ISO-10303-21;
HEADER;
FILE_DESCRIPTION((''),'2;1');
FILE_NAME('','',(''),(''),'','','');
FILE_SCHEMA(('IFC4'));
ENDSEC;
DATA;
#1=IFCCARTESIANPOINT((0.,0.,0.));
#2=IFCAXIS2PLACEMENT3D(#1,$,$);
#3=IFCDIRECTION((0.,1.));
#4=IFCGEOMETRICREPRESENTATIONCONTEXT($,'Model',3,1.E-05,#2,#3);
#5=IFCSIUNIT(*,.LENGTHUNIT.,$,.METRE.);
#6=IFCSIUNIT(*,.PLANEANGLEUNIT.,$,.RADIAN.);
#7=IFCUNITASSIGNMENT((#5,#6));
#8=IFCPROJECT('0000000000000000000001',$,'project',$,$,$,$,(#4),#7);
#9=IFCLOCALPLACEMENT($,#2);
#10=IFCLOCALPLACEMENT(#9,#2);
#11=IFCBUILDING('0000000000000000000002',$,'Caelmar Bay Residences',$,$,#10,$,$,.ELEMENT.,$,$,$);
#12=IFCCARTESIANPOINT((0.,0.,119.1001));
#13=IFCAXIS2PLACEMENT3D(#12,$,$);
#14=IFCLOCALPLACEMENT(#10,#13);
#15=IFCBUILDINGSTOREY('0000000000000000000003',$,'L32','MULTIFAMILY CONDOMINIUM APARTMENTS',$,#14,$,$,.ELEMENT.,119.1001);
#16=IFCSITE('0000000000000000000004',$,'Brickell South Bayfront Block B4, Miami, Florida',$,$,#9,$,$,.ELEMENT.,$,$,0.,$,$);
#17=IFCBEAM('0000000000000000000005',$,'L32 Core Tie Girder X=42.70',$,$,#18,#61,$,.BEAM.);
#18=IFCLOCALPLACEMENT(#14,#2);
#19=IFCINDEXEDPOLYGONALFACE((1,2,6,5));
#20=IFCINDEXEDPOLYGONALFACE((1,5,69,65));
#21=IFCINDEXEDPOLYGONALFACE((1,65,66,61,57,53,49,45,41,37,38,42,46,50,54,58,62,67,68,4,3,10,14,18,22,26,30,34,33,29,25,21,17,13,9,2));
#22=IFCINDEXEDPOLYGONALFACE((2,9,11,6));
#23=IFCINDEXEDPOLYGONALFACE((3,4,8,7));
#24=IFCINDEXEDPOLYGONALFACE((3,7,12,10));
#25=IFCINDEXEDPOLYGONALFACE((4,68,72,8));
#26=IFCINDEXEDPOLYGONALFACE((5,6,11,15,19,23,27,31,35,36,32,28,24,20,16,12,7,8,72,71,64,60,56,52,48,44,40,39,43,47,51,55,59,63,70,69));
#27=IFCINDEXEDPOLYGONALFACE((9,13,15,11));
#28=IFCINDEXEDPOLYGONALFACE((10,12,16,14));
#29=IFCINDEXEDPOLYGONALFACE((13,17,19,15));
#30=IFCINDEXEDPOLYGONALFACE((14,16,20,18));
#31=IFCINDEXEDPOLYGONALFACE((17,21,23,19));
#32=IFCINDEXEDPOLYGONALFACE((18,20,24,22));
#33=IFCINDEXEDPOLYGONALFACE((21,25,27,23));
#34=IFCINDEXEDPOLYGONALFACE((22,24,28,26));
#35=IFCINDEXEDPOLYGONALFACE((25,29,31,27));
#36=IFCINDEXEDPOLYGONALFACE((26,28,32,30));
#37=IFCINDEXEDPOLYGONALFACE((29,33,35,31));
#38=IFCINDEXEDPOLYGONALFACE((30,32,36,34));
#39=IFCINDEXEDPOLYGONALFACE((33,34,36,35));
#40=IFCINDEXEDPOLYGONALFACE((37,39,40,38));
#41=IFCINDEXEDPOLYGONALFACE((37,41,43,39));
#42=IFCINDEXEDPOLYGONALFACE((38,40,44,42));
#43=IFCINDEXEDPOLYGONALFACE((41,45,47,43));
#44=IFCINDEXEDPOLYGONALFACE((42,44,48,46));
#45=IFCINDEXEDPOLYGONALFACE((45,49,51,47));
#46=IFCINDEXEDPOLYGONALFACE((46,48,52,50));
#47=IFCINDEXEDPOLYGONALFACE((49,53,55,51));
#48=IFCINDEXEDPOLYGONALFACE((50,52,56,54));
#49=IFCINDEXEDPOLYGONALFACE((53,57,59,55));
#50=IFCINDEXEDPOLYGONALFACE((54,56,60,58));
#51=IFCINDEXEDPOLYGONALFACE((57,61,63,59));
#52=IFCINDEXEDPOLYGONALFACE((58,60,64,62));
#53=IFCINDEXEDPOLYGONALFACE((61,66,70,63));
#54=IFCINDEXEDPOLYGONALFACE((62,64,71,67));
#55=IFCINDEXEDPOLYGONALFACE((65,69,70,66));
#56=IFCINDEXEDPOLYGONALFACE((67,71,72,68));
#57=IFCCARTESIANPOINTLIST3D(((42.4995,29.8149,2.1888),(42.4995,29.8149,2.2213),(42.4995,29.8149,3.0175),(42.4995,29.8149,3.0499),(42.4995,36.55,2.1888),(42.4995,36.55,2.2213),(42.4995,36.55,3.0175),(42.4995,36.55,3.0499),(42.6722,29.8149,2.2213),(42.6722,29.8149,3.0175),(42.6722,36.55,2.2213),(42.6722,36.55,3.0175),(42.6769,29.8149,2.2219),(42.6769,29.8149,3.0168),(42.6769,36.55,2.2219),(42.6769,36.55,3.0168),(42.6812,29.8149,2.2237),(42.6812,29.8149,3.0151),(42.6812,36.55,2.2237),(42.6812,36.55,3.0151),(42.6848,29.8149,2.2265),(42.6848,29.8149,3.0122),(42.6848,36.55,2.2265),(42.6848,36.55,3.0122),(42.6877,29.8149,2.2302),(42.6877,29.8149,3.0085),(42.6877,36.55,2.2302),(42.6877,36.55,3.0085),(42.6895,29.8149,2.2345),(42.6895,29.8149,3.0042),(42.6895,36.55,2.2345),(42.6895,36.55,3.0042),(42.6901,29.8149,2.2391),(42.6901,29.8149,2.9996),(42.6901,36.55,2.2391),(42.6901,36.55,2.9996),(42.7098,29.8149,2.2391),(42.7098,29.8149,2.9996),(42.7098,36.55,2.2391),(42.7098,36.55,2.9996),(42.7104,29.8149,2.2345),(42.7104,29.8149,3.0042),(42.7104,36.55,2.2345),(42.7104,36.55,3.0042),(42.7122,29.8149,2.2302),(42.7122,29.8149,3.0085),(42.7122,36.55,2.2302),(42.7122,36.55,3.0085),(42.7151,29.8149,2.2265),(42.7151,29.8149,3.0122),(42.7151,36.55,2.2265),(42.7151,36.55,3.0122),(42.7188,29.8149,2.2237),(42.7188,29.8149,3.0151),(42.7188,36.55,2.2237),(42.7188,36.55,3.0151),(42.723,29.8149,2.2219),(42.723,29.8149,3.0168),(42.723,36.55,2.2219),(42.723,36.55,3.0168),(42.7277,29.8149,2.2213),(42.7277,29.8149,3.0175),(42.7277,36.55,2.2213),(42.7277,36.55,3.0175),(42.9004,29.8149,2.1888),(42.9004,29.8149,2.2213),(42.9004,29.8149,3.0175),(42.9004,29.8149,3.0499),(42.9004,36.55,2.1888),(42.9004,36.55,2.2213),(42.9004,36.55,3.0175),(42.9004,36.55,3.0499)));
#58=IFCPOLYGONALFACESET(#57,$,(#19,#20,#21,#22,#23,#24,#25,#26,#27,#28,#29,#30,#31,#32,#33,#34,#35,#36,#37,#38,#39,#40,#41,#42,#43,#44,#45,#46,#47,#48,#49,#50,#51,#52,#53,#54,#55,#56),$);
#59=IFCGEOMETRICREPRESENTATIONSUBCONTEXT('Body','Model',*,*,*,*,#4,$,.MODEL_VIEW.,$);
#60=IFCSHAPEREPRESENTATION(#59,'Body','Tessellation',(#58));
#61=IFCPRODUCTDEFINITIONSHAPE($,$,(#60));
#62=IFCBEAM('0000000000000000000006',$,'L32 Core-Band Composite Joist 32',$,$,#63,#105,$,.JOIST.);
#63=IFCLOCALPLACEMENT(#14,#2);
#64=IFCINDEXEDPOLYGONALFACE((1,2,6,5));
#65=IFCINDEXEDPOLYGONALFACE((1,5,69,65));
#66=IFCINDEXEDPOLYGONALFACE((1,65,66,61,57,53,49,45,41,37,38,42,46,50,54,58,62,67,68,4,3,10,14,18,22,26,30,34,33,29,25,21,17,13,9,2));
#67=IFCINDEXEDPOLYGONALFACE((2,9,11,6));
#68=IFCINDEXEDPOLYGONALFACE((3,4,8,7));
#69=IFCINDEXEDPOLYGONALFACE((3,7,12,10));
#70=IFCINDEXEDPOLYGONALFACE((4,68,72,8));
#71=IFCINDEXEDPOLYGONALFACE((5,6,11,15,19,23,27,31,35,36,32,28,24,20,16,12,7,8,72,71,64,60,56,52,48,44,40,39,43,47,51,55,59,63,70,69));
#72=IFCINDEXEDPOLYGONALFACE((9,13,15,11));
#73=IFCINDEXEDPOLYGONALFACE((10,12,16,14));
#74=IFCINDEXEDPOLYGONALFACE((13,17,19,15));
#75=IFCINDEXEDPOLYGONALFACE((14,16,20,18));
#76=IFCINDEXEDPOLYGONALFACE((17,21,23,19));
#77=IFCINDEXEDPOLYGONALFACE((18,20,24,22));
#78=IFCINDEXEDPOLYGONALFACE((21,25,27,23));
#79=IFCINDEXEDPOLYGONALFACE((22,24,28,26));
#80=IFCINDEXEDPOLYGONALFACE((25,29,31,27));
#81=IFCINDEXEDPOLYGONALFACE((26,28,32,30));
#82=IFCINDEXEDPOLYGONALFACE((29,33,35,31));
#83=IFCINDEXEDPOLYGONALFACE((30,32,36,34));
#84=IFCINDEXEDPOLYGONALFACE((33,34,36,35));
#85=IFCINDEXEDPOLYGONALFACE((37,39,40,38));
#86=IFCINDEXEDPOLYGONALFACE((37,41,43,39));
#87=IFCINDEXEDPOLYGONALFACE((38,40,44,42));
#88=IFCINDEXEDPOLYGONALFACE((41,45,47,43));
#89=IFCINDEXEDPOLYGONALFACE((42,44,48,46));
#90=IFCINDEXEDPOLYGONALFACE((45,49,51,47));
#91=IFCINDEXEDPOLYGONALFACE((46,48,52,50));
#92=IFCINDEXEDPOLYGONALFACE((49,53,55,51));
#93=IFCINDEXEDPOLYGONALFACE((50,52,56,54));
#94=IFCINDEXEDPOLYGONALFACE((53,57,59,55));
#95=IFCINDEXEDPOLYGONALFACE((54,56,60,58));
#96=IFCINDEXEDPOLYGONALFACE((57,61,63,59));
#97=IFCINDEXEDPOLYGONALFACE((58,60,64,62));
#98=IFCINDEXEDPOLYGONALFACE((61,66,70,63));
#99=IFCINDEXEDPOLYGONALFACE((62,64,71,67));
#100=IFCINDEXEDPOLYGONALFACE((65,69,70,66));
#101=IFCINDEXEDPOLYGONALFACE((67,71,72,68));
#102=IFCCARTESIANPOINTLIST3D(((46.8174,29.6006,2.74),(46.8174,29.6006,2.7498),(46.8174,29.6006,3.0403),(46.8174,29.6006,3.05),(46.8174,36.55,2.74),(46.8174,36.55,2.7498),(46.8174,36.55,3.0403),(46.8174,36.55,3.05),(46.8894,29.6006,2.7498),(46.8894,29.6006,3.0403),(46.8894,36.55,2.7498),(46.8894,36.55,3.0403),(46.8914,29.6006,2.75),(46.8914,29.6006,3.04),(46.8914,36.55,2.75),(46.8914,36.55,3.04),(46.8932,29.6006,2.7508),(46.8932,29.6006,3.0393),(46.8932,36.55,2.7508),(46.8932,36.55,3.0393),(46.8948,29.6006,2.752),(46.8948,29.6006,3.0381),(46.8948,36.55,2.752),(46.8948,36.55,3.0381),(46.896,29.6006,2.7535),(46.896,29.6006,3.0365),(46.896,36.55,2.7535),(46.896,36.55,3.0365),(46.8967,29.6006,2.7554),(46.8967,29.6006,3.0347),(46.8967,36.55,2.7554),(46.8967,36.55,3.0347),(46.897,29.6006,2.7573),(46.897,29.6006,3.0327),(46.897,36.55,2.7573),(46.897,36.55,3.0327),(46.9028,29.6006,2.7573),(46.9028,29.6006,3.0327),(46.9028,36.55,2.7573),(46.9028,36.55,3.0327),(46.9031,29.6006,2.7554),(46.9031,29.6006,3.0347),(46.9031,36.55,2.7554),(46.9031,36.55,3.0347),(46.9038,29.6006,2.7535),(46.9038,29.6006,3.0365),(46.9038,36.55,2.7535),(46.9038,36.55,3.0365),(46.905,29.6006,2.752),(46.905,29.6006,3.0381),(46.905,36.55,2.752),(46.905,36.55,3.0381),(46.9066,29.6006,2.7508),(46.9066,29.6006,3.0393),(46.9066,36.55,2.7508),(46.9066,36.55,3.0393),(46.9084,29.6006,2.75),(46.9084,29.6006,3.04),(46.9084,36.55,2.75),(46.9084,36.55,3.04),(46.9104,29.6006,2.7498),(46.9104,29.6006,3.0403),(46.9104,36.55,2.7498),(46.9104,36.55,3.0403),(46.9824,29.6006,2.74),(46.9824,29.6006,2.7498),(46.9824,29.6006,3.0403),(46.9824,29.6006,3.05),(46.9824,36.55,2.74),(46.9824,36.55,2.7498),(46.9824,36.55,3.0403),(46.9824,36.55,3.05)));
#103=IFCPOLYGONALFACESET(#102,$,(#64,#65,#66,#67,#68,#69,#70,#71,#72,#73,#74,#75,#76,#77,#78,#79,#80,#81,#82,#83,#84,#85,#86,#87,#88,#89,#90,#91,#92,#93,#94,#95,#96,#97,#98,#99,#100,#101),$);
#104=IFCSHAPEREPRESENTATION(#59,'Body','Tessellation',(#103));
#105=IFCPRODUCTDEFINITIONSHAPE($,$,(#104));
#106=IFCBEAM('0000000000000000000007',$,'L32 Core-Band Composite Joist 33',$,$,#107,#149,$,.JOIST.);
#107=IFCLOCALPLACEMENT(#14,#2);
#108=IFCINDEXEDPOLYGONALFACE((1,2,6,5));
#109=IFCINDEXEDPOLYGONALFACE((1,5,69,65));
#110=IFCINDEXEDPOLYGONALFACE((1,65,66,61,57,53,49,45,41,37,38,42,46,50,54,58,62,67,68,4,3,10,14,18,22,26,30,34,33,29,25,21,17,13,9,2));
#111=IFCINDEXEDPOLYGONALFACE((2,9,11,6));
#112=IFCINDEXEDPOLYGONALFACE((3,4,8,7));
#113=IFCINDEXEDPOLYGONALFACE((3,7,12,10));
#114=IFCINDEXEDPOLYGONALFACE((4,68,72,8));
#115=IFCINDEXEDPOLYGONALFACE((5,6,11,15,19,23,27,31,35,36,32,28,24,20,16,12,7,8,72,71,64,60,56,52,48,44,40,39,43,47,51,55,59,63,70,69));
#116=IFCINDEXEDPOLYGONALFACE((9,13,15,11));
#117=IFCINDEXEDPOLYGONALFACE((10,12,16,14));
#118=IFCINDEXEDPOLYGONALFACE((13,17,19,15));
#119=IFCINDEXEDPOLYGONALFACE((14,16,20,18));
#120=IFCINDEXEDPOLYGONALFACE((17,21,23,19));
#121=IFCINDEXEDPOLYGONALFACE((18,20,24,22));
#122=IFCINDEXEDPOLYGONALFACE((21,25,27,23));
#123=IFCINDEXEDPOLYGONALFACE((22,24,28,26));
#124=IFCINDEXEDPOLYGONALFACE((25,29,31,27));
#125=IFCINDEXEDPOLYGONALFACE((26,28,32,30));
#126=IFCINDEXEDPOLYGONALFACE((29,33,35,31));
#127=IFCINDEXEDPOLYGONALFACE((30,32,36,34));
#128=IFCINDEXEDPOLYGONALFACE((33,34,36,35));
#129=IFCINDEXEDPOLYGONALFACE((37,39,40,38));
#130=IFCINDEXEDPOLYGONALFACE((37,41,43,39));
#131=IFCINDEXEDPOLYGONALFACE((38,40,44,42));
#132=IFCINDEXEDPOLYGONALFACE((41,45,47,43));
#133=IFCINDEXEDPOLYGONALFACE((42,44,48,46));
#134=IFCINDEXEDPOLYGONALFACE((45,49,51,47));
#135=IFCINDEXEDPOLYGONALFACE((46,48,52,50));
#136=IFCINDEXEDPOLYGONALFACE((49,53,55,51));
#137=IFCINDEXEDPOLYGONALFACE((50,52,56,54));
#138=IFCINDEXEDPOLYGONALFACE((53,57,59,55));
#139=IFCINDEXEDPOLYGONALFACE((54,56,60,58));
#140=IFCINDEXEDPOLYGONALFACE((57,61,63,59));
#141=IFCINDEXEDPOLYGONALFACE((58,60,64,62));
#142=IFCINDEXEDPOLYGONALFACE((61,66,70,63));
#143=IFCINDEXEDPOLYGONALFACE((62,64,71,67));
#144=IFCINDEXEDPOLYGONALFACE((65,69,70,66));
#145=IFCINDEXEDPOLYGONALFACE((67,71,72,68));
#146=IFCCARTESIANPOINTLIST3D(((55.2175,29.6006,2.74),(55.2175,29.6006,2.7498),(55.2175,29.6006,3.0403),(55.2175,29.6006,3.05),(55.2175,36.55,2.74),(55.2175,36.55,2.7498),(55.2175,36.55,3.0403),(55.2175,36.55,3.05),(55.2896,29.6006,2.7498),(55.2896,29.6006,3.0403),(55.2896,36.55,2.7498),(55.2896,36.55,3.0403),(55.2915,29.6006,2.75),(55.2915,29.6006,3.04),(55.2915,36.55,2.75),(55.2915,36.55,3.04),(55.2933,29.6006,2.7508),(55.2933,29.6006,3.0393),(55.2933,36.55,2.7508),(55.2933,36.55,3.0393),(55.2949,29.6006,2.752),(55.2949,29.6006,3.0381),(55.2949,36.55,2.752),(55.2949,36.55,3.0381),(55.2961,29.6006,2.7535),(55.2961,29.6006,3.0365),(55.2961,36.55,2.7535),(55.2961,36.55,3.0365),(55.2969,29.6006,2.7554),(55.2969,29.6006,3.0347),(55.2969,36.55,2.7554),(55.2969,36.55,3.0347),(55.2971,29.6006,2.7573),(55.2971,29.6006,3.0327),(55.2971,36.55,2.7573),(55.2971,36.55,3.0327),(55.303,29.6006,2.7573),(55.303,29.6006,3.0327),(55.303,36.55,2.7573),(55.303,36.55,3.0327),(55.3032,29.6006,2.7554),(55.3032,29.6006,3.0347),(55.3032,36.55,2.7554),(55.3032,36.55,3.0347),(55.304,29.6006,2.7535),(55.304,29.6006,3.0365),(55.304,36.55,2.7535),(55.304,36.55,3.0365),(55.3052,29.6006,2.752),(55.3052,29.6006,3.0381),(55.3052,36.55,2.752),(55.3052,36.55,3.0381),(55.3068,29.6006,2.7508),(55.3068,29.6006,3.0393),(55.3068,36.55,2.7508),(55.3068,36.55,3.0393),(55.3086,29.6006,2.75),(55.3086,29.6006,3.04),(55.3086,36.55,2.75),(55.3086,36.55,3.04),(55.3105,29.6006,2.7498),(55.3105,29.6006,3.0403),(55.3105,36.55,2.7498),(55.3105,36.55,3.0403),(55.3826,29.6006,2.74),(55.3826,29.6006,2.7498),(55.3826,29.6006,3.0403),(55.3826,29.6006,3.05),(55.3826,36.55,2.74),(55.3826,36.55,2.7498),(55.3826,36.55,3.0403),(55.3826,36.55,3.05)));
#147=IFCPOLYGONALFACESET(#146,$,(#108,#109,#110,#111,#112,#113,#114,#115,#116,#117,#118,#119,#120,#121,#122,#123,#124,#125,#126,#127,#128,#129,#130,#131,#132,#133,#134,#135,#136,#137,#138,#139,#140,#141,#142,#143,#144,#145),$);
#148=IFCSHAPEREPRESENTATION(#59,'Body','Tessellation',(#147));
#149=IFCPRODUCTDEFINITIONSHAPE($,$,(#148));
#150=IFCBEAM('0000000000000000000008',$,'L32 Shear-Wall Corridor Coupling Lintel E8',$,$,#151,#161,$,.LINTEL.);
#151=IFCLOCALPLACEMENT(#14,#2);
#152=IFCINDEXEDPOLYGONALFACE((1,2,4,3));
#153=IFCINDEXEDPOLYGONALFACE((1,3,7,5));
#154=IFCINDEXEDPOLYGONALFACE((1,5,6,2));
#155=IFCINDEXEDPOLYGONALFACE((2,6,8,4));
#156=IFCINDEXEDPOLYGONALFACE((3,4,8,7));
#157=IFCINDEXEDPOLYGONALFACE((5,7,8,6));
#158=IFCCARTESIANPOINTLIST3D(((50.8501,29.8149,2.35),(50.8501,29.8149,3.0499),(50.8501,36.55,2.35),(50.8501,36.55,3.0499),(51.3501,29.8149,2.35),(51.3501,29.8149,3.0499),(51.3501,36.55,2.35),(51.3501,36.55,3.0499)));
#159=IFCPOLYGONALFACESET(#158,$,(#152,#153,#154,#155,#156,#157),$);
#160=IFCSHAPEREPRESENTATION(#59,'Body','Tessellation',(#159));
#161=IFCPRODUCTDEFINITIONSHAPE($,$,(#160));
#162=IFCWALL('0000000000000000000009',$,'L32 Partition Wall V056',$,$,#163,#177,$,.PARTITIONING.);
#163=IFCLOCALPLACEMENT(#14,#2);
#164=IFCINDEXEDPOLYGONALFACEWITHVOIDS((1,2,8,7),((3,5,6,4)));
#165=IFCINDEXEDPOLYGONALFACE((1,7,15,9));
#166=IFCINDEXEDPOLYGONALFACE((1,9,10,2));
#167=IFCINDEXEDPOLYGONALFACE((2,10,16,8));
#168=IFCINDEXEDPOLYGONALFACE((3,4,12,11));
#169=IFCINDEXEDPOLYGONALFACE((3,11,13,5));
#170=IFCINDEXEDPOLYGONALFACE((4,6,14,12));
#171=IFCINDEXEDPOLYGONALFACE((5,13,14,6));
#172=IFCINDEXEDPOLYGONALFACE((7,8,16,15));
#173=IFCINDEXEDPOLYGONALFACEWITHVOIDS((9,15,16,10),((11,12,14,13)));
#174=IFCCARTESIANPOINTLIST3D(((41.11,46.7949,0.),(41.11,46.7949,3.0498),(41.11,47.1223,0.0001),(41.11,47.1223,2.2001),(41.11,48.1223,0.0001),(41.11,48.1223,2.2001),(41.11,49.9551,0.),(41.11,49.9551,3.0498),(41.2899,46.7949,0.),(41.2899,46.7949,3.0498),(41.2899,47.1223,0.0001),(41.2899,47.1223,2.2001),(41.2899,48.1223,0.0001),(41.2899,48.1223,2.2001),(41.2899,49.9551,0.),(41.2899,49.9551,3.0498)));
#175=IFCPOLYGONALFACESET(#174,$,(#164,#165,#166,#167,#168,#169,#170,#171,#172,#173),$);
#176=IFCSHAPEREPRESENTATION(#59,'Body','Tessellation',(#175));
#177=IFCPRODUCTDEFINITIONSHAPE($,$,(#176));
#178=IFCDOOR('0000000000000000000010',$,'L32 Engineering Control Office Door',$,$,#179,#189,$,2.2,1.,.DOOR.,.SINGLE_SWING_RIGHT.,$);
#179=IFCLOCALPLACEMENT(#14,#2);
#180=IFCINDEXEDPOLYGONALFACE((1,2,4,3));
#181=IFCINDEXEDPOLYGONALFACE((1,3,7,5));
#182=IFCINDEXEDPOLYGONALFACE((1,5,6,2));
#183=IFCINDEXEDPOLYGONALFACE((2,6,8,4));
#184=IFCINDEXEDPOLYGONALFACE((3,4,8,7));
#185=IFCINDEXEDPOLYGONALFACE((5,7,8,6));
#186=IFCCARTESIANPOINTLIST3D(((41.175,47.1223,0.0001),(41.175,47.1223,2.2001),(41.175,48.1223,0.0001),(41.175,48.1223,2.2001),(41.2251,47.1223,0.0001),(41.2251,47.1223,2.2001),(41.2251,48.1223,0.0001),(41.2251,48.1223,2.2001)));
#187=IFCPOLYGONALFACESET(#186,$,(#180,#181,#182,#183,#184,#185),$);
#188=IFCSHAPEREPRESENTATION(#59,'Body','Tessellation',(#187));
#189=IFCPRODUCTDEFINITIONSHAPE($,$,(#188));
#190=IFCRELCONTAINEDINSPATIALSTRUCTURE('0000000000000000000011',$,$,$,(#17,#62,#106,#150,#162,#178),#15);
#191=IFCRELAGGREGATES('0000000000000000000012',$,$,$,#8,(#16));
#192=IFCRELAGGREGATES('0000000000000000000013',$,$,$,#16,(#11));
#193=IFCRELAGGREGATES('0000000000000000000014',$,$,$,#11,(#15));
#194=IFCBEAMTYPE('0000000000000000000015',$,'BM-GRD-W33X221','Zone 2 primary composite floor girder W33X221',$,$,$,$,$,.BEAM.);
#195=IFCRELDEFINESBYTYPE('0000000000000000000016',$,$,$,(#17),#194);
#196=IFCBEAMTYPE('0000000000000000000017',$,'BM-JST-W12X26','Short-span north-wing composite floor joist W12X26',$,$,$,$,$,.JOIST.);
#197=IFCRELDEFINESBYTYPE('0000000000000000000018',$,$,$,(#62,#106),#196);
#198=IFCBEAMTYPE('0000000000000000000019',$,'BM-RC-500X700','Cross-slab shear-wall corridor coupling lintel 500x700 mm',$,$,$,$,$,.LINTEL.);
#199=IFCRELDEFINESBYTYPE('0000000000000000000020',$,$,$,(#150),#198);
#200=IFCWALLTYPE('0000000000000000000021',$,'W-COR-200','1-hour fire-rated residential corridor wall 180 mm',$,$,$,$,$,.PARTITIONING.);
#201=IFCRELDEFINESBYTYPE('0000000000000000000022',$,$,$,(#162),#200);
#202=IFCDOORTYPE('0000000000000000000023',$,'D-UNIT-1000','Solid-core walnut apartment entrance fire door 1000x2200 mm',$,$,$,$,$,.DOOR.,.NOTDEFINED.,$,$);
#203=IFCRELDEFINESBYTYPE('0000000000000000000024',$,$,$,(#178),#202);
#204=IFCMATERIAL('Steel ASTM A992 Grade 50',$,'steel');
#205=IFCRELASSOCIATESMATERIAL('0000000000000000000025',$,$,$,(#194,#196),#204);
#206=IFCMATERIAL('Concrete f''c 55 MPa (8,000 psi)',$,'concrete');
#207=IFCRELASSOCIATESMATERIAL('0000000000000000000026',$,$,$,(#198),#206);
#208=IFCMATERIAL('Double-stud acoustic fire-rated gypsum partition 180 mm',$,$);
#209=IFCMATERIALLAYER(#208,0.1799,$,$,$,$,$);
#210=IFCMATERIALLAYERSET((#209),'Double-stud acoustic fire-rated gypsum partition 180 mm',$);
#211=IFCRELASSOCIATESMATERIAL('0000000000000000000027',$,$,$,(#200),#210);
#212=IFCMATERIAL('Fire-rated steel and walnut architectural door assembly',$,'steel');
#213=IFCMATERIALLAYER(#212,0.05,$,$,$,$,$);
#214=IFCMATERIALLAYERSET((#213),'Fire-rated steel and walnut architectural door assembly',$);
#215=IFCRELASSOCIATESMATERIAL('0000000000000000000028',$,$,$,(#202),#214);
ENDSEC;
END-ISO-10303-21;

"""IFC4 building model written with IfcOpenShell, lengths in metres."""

from ifc_helpers import new_model, si_unit, direction, frame, frame_2d, origin, origin_2d, place, context, subcontext, project, spatial, rectangle, i_section, extrude, material, layer, layer_set, material_profile, profile_set, type_object, element, fill, save


model = new_model("IFC4")

# Units and contexts
model_context = context("Model", 3, precision=1e-05, world=origin(), true_north=direction((0.0, 1.0)))
body_context = subcontext(model_context, "Body", "Model", "MODEL_VIEW")
ifc_project = project(units=[si_unit("LENGTHUNIT", "METRE"), si_unit("PLANEANGLEUNIT", "RADIAN")], contexts=[model_context])

# Site, building, storey
site_placement = place(None, origin())
site = spatial("IfcSite", under=ifc_project, at=site_placement, Name="Brickell South Bayfront Block B4, Miami, Florida", CompositionType="ELEMENT", RefElevation=0.0)
building_placement = place(site_placement, origin())
building = spatial("IfcBuilding", under=site, at=building_placement, Name="Caelmar Bay Residences", CompositionType="ELEMENT")
storey_placement = place(building_placement, frame((0.0, 0.0, 119.1001)))
storey = spatial("IfcBuildingStorey", under=building, at=storey_placement, Name="L32", Description="MULTIFAMILY CONDOMINIUM APARTMENTS", CompositionType="ELEMENT", Elevation=119.1001)

# Beams
ifc_material_1 = material(Name="Steel ASTM A992 Grade 50", Category="steel")
ifc_material_profile_1 = material_profile(ifc_material_1, i_section(OverallWidth=0.4009, OverallDepth=0.8611, WebThickness=0.0198, FlangeThickness=0.0325, FilletRadius=0.0178, at=origin_2d()), Name="W33X221")
ifc_profile_set_1 = profile_set([ifc_material_profile_1], Name="Steel ASTM A992 Grade 50")
beam_type_1 = type_object("IfcBeamType", Name="BM-GRD-W33X221", Description="Zone 2 primary composite floor girder W33X221", PredefinedType="BEAM", material=ifc_profile_set_1)
beam_1_placement = place(storey_placement, frame((42.7, 29.8149, 2.6194), z_axis=(0.0, 1.0, 0.0), x_axis=(-1.0, 0.0, 0.0)))
element("IfcBeam", 1, at=beam_1_placement, inside=storey, type_object=beam_type_1, Name="L32 Core Tie Girder X=42.70", PredefinedType="BEAM", context=body_context, shape_type="SweptSolid", body=[
    extrude(i_section(OverallWidth=0.4009, OverallDepth=0.8611, WebThickness=0.0198, FlangeThickness=0.0325, FilletRadius=0.0178, at=origin_2d()), origin(), (0.0, 0.0, 1.0), 6.7351),
])
ifc_material_profile_2 = material_profile(ifc_material_1, i_section(OverallWidth=0.165, OverallDepth=0.3101, WebThickness=0.0059, FlangeThickness=0.0098, FilletRadius=0.0076, at=origin_2d()), Name="W12X26")
ifc_profile_set_2 = profile_set([ifc_material_profile_2], Name="Steel ASTM A992 Grade 50")
beam_type_2 = type_object("IfcBeamType", Name="BM-JST-W12X26", Description="Short-span north-wing composite floor joist W12X26", PredefinedType="JOIST", material=ifc_profile_set_2)
for number, where, z_axis, x_axis, name in (
    (2, (46.8999, 29.6006, 2.895), (0.0, 1.0, 0.0), (-1.0, 0.0, 0.0), "L32 Core-Band Composite Joist 32"),
    (3, (55.3, 29.6006, 2.895), (0.0, 1.0, 0.0), (-1.0, 0.0, 0.0), "L32 Core-Band Composite Joist 33"),
):
    element("IfcBeam", number, at=place(storey_placement, frame(where, z_axis=z_axis, x_axis=x_axis)), inside=storey, type_object=beam_type_2, Name=name, PredefinedType="JOIST", context=body_context, shape_type="SweptSolid", body=[
        extrude(i_section(OverallWidth=0.165, OverallDepth=0.3101, WebThickness=0.0059, FlangeThickness=0.0098, FilletRadius=0.0076, at=origin_2d()), origin(), (0.0, 0.0, 1.0), 6.9495),
    ])
ifc_material_2 = material(Name="Concrete f'c 55 MPa (8,000 psi)", Category="concrete")
ifc_material_profile_3 = material_profile(ifc_material_2, rectangle(XDim=0.5, YDim=0.7, at=origin_2d()), Name="RC-BM-500X700")
ifc_profile_set_3 = profile_set([ifc_material_profile_3], Name="Concrete f'c 55 MPa (8,000 psi)")
beam_type_3 = type_object("IfcBeamType", Name="BM-RC-500X700", Description="Cross-slab shear-wall corridor coupling lintel 500x700 mm", PredefinedType="LINTEL", material=ifc_profile_set_3)
beam_2_placement = place(storey_placement, frame((51.1001, 29.8149, 2.7), z_axis=(0.0, 1.0, 0.0), x_axis=(-1.0, 0.0, 0.0)))
element("IfcBeam", 4, at=beam_2_placement, inside=storey, type_object=beam_type_3, Name="L32 Shear-Wall Corridor Coupling Lintel E8", PredefinedType="LINTEL", context=body_context, shape_type="SweptSolid", body=[
    extrude(rectangle(XDim=0.5, YDim=0.7, at=origin_2d()), origin(), (0.0, 0.0, 1.0), 6.7351),
])

# Wall, opening, door
ifc_material_3 = material(Name="Double-stud acoustic fire-rated gypsum partition 180 mm")
ifc_layer_1 = layer(ifc_material_3, 0.1799)
ifc_layer_set_1 = layer_set([ifc_layer_1], Name="Double-stud acoustic fire-rated gypsum partition 180 mm")
wall_type_1 = type_object("IfcWallType", Name="W-COR-200", Description="1-hour fire-rated residential corridor wall 180 mm", PredefinedType="PARTITIONING", material=ifc_layer_set_1)
wall_1_placement = place(storey_placement, frame((41.2, 46.7949, 0.0), z_axis=(0.0, 0.0, 1.0), x_axis=(0.0, 1.0, 0.0)))
wall_1 = element("IfcWall", 5, at=wall_1_placement, inside=storey, type_object=wall_type_1, Name="L32 Partition Wall V056", PredefinedType="PARTITIONING", context=body_context, shape_type="SweptSolid", body=[
    extrude(rectangle(XDim=3.1602, YDim=0.1799, at=frame_2d((1.5801, 0.0))), origin(), (0.0, 0.0, 1.0), 3.0498),
])
opening_1_placement = place(wall_1_placement, frame((0.3274, 0.0, 0.0)))
opening_1 = element("IfcOpeningElement", 6, at=opening_1_placement, cuts=wall_1, PredefinedType="OPENING", context=body_context, shape_type="SweptSolid", body=[
    extrude(rectangle(XDim=1.0, YDim=2.2, at=frame_2d((0.5, 1.1001))), frame((0.0, 0.0999, 0.0), z_axis=(0.0, -1.0, 0.0), x_axis=(1.0, 0.0, 0.0)), (0.0, 0.0, 1.0), 0.2),
])
ifc_material_4 = material(Name="Fire-rated steel and walnut architectural door assembly", Category="steel")
ifc_layer_2 = layer(ifc_material_4, 0.05)
ifc_layer_set_2 = layer_set([ifc_layer_2], Name="Fire-rated steel and walnut architectural door assembly")
door_type_1 = type_object("IfcDoorType", Name="D-UNIT-1000", Description="Solid-core walnut apartment entrance fire door 1000x2200 mm", OperationType="NOTDEFINED", PredefinedType="DOOR", material=ifc_layer_set_2)
door_1_placement = place(opening_1_placement, origin())
door_1 = element("IfcDoor", 7, at=door_1_placement, inside=storey, type_object=door_type_1, Name="L32 Engineering Control Office Door", OperationType="SINGLE_SWING_RIGHT", OverallHeight=2.2, OverallWidth=1.0, PredefinedType="DOOR", context=body_context, shape_type="SweptSolid", body=[
    extrude(rectangle(XDim=1.0, YDim=2.2, at=frame_2d((0.5, 1.1001))), frame((0.0, 0.0249, 0.0), z_axis=(0.0, -1.0, 0.0), x_axis=(1.0, 0.0, 0.0)), (0.0, 0.0, 1.0), 0.05),
])
fill(opening_1, door_1)

save(model, "model.ifc")
